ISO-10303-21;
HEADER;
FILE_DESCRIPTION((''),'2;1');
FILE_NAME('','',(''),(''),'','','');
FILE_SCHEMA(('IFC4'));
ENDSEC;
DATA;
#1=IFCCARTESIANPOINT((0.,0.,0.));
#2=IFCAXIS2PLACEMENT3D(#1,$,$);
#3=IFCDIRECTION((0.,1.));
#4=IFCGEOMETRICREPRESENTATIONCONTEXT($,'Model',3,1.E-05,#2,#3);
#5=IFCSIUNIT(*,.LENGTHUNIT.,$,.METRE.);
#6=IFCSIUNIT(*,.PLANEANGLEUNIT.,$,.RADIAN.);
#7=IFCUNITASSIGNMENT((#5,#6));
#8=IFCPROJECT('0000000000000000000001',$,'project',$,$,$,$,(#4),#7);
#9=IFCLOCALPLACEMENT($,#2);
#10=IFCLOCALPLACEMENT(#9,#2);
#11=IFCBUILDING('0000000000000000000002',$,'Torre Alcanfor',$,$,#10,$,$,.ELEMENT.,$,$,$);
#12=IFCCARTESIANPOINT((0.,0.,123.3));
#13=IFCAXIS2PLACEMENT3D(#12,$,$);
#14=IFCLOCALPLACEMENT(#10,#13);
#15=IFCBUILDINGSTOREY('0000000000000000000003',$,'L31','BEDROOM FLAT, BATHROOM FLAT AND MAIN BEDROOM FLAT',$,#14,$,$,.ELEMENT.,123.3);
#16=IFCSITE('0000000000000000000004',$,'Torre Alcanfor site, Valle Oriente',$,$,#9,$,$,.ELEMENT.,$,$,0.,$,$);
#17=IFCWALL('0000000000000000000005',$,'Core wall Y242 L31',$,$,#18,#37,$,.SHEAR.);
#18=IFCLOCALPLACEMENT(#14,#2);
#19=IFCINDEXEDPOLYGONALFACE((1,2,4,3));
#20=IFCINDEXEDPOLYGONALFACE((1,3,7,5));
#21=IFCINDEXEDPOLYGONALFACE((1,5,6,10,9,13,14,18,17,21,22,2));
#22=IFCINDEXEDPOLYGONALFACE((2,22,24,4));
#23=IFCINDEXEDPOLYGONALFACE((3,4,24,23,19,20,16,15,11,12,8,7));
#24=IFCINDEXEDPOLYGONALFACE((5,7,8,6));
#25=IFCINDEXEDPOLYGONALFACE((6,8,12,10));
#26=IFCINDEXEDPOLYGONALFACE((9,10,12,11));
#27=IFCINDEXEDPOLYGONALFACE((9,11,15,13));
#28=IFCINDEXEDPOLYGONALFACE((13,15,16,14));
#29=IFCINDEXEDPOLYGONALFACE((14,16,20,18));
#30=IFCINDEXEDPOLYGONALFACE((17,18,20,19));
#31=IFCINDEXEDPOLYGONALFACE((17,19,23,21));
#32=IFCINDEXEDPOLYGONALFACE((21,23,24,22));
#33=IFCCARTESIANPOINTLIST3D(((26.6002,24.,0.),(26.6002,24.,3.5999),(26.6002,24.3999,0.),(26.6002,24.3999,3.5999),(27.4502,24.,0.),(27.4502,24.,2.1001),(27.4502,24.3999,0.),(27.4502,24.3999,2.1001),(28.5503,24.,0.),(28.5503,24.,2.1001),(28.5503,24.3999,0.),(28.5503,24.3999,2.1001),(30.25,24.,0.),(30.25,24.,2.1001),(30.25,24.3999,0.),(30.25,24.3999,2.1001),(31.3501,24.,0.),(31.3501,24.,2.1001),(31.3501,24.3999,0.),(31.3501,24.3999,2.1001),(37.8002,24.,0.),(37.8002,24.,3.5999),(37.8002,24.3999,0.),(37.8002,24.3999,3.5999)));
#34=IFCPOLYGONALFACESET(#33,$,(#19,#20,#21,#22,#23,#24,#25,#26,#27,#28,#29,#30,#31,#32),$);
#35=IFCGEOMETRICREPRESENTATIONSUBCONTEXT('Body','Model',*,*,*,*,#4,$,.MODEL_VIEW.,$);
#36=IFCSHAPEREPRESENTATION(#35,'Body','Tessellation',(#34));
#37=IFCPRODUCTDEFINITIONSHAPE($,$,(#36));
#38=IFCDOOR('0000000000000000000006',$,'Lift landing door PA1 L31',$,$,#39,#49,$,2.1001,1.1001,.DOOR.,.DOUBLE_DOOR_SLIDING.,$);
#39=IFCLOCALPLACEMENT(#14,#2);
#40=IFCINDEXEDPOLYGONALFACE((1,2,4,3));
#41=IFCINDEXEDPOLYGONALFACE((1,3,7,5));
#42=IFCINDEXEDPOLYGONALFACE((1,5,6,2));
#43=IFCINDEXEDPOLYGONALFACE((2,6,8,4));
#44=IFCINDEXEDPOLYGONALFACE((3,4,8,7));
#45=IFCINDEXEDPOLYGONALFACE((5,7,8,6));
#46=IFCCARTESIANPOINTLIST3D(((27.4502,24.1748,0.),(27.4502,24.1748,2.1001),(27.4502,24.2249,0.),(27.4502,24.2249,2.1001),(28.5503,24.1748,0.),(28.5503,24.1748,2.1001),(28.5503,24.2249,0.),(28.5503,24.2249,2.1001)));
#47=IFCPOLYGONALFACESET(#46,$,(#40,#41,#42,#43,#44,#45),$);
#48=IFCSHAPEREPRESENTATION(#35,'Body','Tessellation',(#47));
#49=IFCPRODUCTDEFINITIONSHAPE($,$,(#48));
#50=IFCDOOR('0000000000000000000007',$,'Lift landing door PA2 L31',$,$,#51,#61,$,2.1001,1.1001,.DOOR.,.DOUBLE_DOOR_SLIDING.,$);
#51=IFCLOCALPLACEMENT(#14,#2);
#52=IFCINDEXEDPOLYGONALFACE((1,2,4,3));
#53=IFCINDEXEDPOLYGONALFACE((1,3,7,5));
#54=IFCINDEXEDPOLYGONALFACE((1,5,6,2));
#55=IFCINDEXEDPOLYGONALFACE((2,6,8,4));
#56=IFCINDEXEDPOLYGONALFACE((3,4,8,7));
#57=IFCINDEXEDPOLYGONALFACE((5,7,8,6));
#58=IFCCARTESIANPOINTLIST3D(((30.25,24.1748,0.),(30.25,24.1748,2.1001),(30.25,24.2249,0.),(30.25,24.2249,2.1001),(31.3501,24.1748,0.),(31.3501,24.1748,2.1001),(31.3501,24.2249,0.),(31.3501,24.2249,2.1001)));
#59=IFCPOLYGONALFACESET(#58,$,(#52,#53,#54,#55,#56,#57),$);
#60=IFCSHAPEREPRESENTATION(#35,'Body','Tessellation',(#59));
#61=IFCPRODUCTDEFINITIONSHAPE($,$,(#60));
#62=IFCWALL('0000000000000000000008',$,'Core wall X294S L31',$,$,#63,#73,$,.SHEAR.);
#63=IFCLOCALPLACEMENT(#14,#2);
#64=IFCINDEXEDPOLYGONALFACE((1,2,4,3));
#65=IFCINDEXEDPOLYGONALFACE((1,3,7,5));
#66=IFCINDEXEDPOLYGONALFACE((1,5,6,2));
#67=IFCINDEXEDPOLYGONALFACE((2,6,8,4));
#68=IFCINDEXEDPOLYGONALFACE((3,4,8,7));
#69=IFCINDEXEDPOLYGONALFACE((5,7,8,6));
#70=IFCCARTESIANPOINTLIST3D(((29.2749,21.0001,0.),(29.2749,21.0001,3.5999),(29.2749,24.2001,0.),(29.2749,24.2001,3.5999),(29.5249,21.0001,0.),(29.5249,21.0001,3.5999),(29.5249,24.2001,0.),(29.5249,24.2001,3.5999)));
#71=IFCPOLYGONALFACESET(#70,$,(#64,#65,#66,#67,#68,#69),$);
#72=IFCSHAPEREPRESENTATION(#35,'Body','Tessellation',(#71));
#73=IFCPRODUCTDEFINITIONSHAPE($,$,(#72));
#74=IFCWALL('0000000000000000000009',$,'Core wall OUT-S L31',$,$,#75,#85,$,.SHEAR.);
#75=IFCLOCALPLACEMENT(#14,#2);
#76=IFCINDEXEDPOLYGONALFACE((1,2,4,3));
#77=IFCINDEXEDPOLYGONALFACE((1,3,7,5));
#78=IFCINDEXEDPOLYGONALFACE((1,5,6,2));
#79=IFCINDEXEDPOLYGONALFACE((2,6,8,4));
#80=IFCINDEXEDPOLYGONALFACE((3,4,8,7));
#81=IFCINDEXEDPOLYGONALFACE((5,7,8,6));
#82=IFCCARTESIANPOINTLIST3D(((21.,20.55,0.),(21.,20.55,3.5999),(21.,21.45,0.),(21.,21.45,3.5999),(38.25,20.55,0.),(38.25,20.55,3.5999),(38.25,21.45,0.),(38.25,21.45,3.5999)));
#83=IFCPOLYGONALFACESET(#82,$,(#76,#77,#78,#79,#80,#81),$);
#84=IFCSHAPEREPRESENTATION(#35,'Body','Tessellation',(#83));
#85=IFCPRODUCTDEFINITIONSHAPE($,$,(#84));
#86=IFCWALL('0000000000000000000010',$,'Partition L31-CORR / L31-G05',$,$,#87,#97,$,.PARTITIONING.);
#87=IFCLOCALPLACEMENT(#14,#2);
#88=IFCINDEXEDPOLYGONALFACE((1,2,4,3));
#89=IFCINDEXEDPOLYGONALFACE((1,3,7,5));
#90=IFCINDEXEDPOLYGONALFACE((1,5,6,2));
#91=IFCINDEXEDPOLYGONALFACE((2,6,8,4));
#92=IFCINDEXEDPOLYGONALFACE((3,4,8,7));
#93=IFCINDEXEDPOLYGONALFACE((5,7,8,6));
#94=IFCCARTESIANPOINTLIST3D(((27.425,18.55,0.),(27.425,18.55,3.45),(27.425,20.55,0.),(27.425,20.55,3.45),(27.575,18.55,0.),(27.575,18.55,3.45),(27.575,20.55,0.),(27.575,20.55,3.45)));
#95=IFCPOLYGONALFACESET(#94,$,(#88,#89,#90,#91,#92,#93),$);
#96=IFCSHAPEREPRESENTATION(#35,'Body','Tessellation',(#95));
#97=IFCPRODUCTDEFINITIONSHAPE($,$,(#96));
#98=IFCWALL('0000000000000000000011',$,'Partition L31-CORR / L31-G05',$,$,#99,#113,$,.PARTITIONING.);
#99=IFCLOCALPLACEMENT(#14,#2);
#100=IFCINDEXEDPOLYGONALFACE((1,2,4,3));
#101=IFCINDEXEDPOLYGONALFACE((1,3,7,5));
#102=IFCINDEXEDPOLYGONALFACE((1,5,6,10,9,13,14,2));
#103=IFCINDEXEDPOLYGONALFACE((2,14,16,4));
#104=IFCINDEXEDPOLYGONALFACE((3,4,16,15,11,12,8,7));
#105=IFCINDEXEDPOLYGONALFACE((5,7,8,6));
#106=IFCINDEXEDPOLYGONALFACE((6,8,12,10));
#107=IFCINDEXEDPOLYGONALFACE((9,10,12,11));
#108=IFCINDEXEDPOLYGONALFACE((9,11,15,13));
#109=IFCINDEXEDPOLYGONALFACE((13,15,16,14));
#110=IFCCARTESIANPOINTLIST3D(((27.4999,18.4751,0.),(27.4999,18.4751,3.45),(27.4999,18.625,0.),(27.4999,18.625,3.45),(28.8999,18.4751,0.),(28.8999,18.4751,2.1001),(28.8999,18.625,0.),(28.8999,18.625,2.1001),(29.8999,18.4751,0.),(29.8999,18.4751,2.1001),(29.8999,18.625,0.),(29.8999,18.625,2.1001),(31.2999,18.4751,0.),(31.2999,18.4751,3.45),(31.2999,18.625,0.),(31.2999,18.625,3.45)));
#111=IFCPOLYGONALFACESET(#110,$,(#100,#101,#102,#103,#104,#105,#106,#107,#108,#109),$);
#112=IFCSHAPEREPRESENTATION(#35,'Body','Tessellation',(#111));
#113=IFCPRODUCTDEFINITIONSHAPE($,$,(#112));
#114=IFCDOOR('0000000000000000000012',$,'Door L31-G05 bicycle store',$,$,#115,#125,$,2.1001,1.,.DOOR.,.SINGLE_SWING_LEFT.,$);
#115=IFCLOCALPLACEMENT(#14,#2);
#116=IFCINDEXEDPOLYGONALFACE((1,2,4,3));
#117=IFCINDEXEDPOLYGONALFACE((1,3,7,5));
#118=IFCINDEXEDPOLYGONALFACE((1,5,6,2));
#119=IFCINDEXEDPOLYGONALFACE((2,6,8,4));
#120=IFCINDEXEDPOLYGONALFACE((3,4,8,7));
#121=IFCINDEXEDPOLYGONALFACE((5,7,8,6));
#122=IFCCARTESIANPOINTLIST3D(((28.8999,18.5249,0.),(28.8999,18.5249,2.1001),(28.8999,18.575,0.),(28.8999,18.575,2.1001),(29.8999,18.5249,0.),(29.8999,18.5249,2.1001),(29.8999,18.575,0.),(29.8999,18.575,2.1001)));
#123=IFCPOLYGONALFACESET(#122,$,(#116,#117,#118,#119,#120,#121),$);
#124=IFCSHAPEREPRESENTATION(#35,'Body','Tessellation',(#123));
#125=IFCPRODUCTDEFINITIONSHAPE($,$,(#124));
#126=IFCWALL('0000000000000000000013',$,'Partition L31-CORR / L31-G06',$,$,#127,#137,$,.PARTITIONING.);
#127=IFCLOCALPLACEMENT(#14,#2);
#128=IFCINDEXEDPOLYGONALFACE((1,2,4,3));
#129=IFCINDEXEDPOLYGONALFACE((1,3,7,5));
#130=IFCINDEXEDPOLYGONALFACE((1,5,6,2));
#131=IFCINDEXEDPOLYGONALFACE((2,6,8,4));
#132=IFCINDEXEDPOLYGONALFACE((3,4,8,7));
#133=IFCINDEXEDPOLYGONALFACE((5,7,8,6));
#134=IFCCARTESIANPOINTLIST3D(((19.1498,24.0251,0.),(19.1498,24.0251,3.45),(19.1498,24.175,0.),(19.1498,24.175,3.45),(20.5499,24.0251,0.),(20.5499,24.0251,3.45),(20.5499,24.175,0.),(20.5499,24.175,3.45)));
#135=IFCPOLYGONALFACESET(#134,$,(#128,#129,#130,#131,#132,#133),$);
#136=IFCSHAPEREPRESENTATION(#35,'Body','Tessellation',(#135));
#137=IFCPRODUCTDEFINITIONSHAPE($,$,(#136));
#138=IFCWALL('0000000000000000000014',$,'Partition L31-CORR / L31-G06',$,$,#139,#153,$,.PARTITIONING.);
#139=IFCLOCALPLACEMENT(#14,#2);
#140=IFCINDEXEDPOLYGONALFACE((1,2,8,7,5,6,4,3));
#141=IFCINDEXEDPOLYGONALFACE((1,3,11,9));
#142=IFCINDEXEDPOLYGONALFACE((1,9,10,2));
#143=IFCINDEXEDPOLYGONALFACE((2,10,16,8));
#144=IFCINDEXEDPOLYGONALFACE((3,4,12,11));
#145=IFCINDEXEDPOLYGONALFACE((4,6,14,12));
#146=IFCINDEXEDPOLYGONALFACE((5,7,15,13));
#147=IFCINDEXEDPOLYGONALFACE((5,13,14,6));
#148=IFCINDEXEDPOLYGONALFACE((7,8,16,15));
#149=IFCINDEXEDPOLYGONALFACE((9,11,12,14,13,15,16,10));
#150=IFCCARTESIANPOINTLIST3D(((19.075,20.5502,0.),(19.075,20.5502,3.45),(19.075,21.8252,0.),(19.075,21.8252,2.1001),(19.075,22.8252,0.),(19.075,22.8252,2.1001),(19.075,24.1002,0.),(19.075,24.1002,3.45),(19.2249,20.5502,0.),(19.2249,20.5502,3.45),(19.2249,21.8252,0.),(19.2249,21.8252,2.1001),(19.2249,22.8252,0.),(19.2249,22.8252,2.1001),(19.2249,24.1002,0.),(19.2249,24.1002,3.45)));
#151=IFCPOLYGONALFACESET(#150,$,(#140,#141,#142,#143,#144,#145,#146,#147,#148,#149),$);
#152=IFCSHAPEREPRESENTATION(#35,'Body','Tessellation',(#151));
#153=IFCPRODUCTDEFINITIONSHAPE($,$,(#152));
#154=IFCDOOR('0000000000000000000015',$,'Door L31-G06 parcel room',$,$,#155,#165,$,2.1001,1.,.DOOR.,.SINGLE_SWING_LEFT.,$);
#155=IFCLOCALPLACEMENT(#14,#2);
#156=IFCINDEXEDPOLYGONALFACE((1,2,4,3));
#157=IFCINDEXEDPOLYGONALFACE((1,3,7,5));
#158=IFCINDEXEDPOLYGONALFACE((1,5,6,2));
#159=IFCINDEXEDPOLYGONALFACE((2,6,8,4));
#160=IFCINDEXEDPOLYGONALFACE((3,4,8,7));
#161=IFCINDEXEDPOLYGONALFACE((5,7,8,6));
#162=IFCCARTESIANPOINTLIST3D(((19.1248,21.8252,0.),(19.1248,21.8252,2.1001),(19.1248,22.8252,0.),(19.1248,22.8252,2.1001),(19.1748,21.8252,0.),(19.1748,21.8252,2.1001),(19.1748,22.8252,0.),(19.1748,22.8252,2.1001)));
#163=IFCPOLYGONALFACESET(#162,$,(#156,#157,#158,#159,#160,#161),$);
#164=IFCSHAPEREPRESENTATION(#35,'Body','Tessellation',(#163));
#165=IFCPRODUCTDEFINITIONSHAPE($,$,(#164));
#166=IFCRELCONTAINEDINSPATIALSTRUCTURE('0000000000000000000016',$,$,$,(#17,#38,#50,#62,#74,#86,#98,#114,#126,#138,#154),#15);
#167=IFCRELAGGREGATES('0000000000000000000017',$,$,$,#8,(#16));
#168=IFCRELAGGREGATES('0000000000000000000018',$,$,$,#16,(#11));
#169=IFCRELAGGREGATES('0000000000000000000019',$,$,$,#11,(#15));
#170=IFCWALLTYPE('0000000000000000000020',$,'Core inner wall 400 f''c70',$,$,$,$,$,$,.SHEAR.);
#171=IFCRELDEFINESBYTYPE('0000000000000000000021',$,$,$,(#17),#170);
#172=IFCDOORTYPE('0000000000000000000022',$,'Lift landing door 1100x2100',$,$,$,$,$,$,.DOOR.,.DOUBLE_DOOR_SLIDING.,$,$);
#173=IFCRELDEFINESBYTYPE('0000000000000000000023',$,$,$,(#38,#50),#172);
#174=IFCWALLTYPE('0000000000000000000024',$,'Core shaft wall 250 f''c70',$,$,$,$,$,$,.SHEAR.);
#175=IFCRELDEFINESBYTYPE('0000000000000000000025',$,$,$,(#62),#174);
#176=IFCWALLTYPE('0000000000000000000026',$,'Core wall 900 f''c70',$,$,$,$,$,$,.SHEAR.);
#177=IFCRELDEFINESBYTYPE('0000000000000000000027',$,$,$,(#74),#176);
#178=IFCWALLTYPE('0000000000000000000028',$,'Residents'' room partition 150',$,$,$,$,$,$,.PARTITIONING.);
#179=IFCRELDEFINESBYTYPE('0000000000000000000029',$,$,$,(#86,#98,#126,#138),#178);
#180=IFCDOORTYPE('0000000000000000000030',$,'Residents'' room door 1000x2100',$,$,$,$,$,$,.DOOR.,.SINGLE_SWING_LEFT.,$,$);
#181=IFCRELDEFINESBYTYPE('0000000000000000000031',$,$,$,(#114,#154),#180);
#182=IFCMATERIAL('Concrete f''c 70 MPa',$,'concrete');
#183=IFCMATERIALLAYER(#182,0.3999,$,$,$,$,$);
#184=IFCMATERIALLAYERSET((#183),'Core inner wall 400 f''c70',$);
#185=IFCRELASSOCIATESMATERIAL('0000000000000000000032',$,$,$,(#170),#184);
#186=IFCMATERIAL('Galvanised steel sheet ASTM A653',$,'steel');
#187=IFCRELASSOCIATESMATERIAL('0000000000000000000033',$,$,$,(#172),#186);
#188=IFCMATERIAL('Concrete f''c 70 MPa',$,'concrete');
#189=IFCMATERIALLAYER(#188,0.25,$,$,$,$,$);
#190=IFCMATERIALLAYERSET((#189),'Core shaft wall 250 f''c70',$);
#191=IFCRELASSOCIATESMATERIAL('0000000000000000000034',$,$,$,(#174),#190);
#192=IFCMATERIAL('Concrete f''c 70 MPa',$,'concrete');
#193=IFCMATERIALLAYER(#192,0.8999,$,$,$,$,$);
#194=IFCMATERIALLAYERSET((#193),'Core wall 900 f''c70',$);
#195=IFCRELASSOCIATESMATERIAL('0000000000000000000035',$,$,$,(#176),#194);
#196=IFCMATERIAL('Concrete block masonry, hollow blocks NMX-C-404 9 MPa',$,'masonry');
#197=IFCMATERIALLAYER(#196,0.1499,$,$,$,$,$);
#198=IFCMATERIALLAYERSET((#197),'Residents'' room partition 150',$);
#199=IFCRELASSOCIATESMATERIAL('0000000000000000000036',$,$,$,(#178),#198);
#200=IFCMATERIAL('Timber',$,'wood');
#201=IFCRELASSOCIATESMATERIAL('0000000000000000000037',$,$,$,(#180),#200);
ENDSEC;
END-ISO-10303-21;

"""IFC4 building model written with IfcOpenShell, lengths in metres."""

from ifc_helpers import new_model, si_unit, direction, frame, frame_2d, origin, place, context, subcontext, project, spatial, rectangle, extrude, material, layer, layer_set, type_object, element, fill, save


model = new_model("IFC4")

# Units and contexts
model_context = context("Model", 3, precision=1e-05, world=origin(), true_north=direction((0.0, 1.0)))
body_context = subcontext(model_context, "Body", "Model", "MODEL_VIEW")
ifc_project = project(units=[si_unit("LENGTHUNIT", "METRE"), si_unit("PLANEANGLEUNIT", "RADIAN")], contexts=[model_context])

# Site, building, storey
site_placement = place(None, origin())
site = spatial("IfcSite", under=ifc_project, at=site_placement, Name="Torre Alcanfor site, Valle Oriente", CompositionType="ELEMENT", RefElevation=0.0)
building_placement = place(site_placement, origin())
building = spatial("IfcBuilding", under=site, at=building_placement, Name="Torre Alcanfor", CompositionType="ELEMENT")
storey_placement = place(building_placement, frame((0.0, 0.0, 123.3)))
storey = spatial("IfcBuildingStorey", under=building, at=storey_placement, Name="L31", Description="BEDROOM FLAT, BATHROOM FLAT AND MAIN BEDROOM FLAT", CompositionType="ELEMENT", Elevation=123.3)

# Shared definitions
ifc_material_1 = material(Name="Concrete f'c 70 MPa", Category="concrete")
ifc_layer_1 = layer(ifc_material_1, 0.3999)
ifc_layer_set_1 = layer_set([ifc_layer_1], Name="Core inner wall 400 f'c70")
wall_type_1 = type_object("IfcWallType", Name="Core inner wall 400 f'c70", PredefinedType="SHEAR", material=ifc_layer_set_1)

# Wall, openings, doors
wall_1_placement = place(storey_placement, frame((26.6001, 24.2, 0.0), z_axis=(0.0, 0.0, 1.0), x_axis=(1.0, 0.0, 0.0)))
wall_1 = element("IfcWall", 1, at=wall_1_placement, inside=storey, type_object=wall_type_1, Name="Core wall Y242 L31", PredefinedType="SHEAR", context=body_context, shape_type="SweptSolid", body=[
    extrude(rectangle(XDim=11.2, YDim=0.3999, at=frame_2d((5.6001, 0.0))), origin(), (0.0, 0.0, 1.0), 3.5999),
])
opening_1_placement = place(wall_1_placement, frame((0.8501, 0.0, 0.0)))
opening_1 = element("IfcOpeningElement", 2, at=opening_1_placement, cuts=wall_1, PredefinedType="OPENING", context=body_context, shape_type="SweptSolid", body=[
    extrude(rectangle(XDim=1.1001, YDim=2.1001, at=frame_2d((0.55, 1.05))), frame((0.0, 0.21, 0.0), z_axis=(0.0, -1.0, 0.0), x_axis=(1.0, 0.0, 0.0)), (0.0, 0.0, 1.0), 0.4199),
])
opening_2_placement = place(wall_1_placement, frame((3.6499, 0.0, 0.0)))
opening_2 = element("IfcOpeningElement", 3, at=opening_2_placement, cuts=wall_1, PredefinedType="OPENING", context=body_context, shape_type="SweptSolid", body=[
    extrude(rectangle(XDim=1.1001, YDim=2.1001, at=frame_2d((0.55, 1.05))), frame((0.0, 0.21, 0.0), z_axis=(0.0, -1.0, 0.0), x_axis=(1.0, 0.0, 0.0)), (0.0, 0.0, 1.0), 0.4199),
])
ifc_material_2 = material(Name="Galvanised steel sheet ASTM A653", Category="steel")
door_type_1 = type_object("IfcDoorType", Name="Lift landing door 1100x2100", OperationType="DOUBLE_DOOR_SLIDING", PredefinedType="DOOR", material=ifc_material_2)
door_1_placement = place(opening_1_placement, origin())
door_1 = element("IfcDoor", 4, at=door_1_placement, inside=storey, type_object=door_type_1, Name="Lift landing door PA1 L31", OperationType="DOUBLE_DOOR_SLIDING", OverallHeight=2.1001, OverallWidth=1.1001, PredefinedType="DOOR", context=body_context, shape_type="SweptSolid", body=[
    extrude(rectangle(XDim=1.1001, YDim=2.1001, at=frame_2d((0.55, 1.05))), frame((0.0, 0.0249, 0.0), z_axis=(0.0, -1.0, 0.0), x_axis=(1.0, 0.0, 0.0)), (0.0, 0.0, 1.0), 0.05),
])
fill(opening_1, door_1)
door_2_placement = place(opening_2_placement, origin())
door_2 = element("IfcDoor", 5, at=door_2_placement, inside=storey, type_object=door_type_1, Name="Lift landing door PA2 L31", OperationType="DOUBLE_DOOR_SLIDING", OverallHeight=2.1001, OverallWidth=1.1001, PredefinedType="DOOR", context=body_context, shape_type="SweptSolid", body=[
    extrude(rectangle(XDim=1.1001, YDim=2.1001, at=frame_2d((0.55, 1.05))), frame((0.0, 0.0249, 0.0), z_axis=(0.0, -1.0, 0.0), x_axis=(1.0, 0.0, 0.0)), (0.0, 0.0, 1.0), 0.05),
])
fill(opening_2, door_2)

# Walls
ifc_material_3 = material(Name="Concrete f'c 70 MPa", Category="concrete")
ifc_layer_2 = layer(ifc_material_3, 0.25)
ifc_layer_set_2 = layer_set([ifc_layer_2], Name="Core shaft wall 250 f'c70")
wall_type_2 = type_object("IfcWallType", Name="Core shaft wall 250 f'c70", PredefinedType="SHEAR", material=ifc_layer_set_2)
wall_2_placement = place(storey_placement, frame((29.3999, 21.0, 0.0), z_axis=(0.0, 0.0, 1.0), x_axis=(0.0, 1.0, 0.0)))
element("IfcWall", 6, at=wall_2_placement, inside=storey, type_object=wall_type_2, Name="Core wall X294S L31", PredefinedType="SHEAR", context=body_context, shape_type="SweptSolid", body=[
    extrude(rectangle(XDim=3.2, YDim=0.25, at=frame_2d((1.6001, 0.0))), origin(), (0.0, 0.0, 1.0), 3.5999),
])
ifc_material_4 = material(Name="Concrete f'c 70 MPa", Category="concrete")
ifc_layer_3 = layer(ifc_material_4, 0.8999)
ifc_layer_set_3 = layer_set([ifc_layer_3], Name="Core wall 900 f'c70")
wall_type_3 = type_object("IfcWallType", Name="Core wall 900 f'c70", PredefinedType="SHEAR", material=ifc_layer_set_3)
wall_3_placement = place(storey_placement, frame((21.0, 21.0, 0.0), z_axis=(0.0, 0.0, 1.0), x_axis=(1.0, 0.0, 0.0)))
element("IfcWall", 7, at=wall_3_placement, inside=storey, type_object=wall_type_3, Name="Core wall OUT-S L31", PredefinedType="SHEAR", context=body_context, shape_type="SweptSolid", body=[
    extrude(rectangle(XDim=17.25, YDim=0.8999, at=frame_2d((8.625, 0.0))), origin(), (0.0, 0.0, 1.0), 3.5999),
])
ifc_material_5 = material(Name="Concrete block masonry, hollow blocks NMX-C-404 9 MPa", Category="masonry")
ifc_layer_4 = layer(ifc_material_5, 0.1499)
ifc_layer_set_4 = layer_set([ifc_layer_4], Name="Residents' room partition 150")
wall_type_4 = type_object("IfcWallType", Name="Residents' room partition 150", PredefinedType="PARTITIONING", material=ifc_layer_set_4)
wall_4_placement = place(storey_placement, frame((27.5, 20.55, 0.0), z_axis=(0.0, 0.0, 1.0), x_axis=(0.0, -1.0, 0.0)))
element("IfcWall", 8, at=wall_4_placement, inside=storey, type_object=wall_type_4, Name="Partition L31-CORR / L31-G05", PredefinedType="PARTITIONING", context=body_context, shape_type="SweptSolid", body=[
    extrude(rectangle(XDim=2.0, YDim=0.1499, at=frame_2d((1.0, 0.0))), origin(), (0.0, 0.0, 1.0), 3.45),
])

# Wall, opening, door
wall_5_placement = place(storey_placement, frame((27.5, 18.55, 0.0), z_axis=(0.0, 0.0, 1.0), x_axis=(1.0, 0.0, 0.0)))
wall_5 = element("IfcWall", 9, at=wall_5_placement, inside=storey, type_object=wall_type_4, Name="Partition L31-CORR / L31-G05", PredefinedType="PARTITIONING", context=body_context, shape_type="SweptSolid", body=[
    extrude(rectangle(XDim=3.8, YDim=0.1499, at=frame_2d((1.8999, 0.0))), origin(), (0.0, 0.0, 1.0), 3.45),
])
opening_3_placement = place(wall_5_placement, frame((1.3999, 0.0, 0.0)))
opening_3 = element("IfcOpeningElement", 10, at=opening_3_placement, cuts=wall_5, PredefinedType="OPENING", context=body_context, shape_type="SweptSolid", body=[
    extrude(rectangle(XDim=1.0, YDim=2.1001, at=frame_2d((0.5, 1.05))), frame((0.0, 0.085, 0.0), z_axis=(0.0, -1.0, 0.0), x_axis=(1.0, 0.0, 0.0)), (0.0, 0.0, 1.0), 0.1699),
])
ifc_material_6 = material(Name="Timber", Category="wood")
door_type_2 = type_object("IfcDoorType", Name="Residents' room door 1000x2100", OperationType="SINGLE_SWING_LEFT", PredefinedType="DOOR", material=ifc_material_6)
door_3_placement = place(opening_3_placement, origin())
door_3 = element("IfcDoor", 11, at=door_3_placement, inside=storey, type_object=door_type_2, Name="Door L31-G05 bicycle store", OperationType="SINGLE_SWING_LEFT", OverallHeight=2.1001, OverallWidth=1.0, PredefinedType="DOOR", context=body_context, shape_type="SweptSolid", body=[
    extrude(rectangle(XDim=1.0, YDim=2.1001, at=frame_2d((0.5, 1.05))), frame((0.0, 0.0249, 0.0), z_axis=(0.0, -1.0, 0.0), x_axis=(1.0, 0.0, 0.0)), (0.0, 0.0, 1.0), 0.05),
])
fill(opening_3, door_3)

# Wall
wall_6_placement = place(storey_placement, frame((20.55, 24.1001, 0.0), z_axis=(0.0, 0.0, 1.0), x_axis=(-1.0, 0.0, 0.0)))
element("IfcWall", 12, at=wall_6_placement, inside=storey, type_object=wall_type_4, Name="Partition L31-CORR / L31-G06", PredefinedType="PARTITIONING", context=body_context, shape_type="SweptSolid", body=[
    extrude(rectangle(XDim=1.4001, YDim=0.1499, at=frame_2d((0.7002, 0.0))), origin(), (0.0, 0.0, 1.0), 3.45),
])

# Wall, opening, door
wall_7_placement = place(storey_placement, frame((19.1499, 24.1001, 0.0), z_axis=(0.0, 0.0, 1.0), x_axis=(0.0, -1.0, 0.0)))
wall_7 = element("IfcWall", 13, at=wall_7_placement, inside=storey, type_object=wall_type_4, Name="Partition L31-CORR / L31-G06", PredefinedType="PARTITIONING", context=body_context, shape_type="SweptSolid", body=[
    extrude(rectangle(XDim=3.55, YDim=0.1499, at=frame_2d((1.7749, 0.0))), origin(), (0.0, 0.0, 1.0), 3.45),
])
opening_4_placement = place(wall_7_placement, frame((1.2749, 0.0, 0.0)))
opening_4 = element("IfcOpeningElement", 14, at=opening_4_placement, cuts=wall_7, PredefinedType="OPENING", context=body_context, shape_type="SweptSolid", body=[
    extrude(rectangle(XDim=1.0, YDim=2.1001, at=frame_2d((0.5, 1.05))), frame((0.0, 0.085, 0.0), z_axis=(0.0, -1.0, 0.0), x_axis=(1.0, 0.0, 0.0)), (0.0, 0.0, 1.0), 0.1699),
])
door_4_placement = place(opening_4_placement, origin())
door_4 = element("IfcDoor", 15, at=door_4_placement, inside=storey, type_object=door_type_2, Name="Door L31-G06 parcel room", OperationType="SINGLE_SWING_LEFT", OverallHeight=2.1001, OverallWidth=1.0, PredefinedType="DOOR", context=body_context, shape_type="SweptSolid", body=[
    extrude(rectangle(XDim=1.0, YDim=2.1001, at=frame_2d((0.5, 1.05))), frame((0.0, 0.0249, 0.0), z_axis=(0.0, -1.0, 0.0), x_axis=(1.0, 0.0, 0.0)), (0.0, 0.0, 1.0), 0.05),
])
fill(opening_4, door_4)

save(model, "model.ifc")
